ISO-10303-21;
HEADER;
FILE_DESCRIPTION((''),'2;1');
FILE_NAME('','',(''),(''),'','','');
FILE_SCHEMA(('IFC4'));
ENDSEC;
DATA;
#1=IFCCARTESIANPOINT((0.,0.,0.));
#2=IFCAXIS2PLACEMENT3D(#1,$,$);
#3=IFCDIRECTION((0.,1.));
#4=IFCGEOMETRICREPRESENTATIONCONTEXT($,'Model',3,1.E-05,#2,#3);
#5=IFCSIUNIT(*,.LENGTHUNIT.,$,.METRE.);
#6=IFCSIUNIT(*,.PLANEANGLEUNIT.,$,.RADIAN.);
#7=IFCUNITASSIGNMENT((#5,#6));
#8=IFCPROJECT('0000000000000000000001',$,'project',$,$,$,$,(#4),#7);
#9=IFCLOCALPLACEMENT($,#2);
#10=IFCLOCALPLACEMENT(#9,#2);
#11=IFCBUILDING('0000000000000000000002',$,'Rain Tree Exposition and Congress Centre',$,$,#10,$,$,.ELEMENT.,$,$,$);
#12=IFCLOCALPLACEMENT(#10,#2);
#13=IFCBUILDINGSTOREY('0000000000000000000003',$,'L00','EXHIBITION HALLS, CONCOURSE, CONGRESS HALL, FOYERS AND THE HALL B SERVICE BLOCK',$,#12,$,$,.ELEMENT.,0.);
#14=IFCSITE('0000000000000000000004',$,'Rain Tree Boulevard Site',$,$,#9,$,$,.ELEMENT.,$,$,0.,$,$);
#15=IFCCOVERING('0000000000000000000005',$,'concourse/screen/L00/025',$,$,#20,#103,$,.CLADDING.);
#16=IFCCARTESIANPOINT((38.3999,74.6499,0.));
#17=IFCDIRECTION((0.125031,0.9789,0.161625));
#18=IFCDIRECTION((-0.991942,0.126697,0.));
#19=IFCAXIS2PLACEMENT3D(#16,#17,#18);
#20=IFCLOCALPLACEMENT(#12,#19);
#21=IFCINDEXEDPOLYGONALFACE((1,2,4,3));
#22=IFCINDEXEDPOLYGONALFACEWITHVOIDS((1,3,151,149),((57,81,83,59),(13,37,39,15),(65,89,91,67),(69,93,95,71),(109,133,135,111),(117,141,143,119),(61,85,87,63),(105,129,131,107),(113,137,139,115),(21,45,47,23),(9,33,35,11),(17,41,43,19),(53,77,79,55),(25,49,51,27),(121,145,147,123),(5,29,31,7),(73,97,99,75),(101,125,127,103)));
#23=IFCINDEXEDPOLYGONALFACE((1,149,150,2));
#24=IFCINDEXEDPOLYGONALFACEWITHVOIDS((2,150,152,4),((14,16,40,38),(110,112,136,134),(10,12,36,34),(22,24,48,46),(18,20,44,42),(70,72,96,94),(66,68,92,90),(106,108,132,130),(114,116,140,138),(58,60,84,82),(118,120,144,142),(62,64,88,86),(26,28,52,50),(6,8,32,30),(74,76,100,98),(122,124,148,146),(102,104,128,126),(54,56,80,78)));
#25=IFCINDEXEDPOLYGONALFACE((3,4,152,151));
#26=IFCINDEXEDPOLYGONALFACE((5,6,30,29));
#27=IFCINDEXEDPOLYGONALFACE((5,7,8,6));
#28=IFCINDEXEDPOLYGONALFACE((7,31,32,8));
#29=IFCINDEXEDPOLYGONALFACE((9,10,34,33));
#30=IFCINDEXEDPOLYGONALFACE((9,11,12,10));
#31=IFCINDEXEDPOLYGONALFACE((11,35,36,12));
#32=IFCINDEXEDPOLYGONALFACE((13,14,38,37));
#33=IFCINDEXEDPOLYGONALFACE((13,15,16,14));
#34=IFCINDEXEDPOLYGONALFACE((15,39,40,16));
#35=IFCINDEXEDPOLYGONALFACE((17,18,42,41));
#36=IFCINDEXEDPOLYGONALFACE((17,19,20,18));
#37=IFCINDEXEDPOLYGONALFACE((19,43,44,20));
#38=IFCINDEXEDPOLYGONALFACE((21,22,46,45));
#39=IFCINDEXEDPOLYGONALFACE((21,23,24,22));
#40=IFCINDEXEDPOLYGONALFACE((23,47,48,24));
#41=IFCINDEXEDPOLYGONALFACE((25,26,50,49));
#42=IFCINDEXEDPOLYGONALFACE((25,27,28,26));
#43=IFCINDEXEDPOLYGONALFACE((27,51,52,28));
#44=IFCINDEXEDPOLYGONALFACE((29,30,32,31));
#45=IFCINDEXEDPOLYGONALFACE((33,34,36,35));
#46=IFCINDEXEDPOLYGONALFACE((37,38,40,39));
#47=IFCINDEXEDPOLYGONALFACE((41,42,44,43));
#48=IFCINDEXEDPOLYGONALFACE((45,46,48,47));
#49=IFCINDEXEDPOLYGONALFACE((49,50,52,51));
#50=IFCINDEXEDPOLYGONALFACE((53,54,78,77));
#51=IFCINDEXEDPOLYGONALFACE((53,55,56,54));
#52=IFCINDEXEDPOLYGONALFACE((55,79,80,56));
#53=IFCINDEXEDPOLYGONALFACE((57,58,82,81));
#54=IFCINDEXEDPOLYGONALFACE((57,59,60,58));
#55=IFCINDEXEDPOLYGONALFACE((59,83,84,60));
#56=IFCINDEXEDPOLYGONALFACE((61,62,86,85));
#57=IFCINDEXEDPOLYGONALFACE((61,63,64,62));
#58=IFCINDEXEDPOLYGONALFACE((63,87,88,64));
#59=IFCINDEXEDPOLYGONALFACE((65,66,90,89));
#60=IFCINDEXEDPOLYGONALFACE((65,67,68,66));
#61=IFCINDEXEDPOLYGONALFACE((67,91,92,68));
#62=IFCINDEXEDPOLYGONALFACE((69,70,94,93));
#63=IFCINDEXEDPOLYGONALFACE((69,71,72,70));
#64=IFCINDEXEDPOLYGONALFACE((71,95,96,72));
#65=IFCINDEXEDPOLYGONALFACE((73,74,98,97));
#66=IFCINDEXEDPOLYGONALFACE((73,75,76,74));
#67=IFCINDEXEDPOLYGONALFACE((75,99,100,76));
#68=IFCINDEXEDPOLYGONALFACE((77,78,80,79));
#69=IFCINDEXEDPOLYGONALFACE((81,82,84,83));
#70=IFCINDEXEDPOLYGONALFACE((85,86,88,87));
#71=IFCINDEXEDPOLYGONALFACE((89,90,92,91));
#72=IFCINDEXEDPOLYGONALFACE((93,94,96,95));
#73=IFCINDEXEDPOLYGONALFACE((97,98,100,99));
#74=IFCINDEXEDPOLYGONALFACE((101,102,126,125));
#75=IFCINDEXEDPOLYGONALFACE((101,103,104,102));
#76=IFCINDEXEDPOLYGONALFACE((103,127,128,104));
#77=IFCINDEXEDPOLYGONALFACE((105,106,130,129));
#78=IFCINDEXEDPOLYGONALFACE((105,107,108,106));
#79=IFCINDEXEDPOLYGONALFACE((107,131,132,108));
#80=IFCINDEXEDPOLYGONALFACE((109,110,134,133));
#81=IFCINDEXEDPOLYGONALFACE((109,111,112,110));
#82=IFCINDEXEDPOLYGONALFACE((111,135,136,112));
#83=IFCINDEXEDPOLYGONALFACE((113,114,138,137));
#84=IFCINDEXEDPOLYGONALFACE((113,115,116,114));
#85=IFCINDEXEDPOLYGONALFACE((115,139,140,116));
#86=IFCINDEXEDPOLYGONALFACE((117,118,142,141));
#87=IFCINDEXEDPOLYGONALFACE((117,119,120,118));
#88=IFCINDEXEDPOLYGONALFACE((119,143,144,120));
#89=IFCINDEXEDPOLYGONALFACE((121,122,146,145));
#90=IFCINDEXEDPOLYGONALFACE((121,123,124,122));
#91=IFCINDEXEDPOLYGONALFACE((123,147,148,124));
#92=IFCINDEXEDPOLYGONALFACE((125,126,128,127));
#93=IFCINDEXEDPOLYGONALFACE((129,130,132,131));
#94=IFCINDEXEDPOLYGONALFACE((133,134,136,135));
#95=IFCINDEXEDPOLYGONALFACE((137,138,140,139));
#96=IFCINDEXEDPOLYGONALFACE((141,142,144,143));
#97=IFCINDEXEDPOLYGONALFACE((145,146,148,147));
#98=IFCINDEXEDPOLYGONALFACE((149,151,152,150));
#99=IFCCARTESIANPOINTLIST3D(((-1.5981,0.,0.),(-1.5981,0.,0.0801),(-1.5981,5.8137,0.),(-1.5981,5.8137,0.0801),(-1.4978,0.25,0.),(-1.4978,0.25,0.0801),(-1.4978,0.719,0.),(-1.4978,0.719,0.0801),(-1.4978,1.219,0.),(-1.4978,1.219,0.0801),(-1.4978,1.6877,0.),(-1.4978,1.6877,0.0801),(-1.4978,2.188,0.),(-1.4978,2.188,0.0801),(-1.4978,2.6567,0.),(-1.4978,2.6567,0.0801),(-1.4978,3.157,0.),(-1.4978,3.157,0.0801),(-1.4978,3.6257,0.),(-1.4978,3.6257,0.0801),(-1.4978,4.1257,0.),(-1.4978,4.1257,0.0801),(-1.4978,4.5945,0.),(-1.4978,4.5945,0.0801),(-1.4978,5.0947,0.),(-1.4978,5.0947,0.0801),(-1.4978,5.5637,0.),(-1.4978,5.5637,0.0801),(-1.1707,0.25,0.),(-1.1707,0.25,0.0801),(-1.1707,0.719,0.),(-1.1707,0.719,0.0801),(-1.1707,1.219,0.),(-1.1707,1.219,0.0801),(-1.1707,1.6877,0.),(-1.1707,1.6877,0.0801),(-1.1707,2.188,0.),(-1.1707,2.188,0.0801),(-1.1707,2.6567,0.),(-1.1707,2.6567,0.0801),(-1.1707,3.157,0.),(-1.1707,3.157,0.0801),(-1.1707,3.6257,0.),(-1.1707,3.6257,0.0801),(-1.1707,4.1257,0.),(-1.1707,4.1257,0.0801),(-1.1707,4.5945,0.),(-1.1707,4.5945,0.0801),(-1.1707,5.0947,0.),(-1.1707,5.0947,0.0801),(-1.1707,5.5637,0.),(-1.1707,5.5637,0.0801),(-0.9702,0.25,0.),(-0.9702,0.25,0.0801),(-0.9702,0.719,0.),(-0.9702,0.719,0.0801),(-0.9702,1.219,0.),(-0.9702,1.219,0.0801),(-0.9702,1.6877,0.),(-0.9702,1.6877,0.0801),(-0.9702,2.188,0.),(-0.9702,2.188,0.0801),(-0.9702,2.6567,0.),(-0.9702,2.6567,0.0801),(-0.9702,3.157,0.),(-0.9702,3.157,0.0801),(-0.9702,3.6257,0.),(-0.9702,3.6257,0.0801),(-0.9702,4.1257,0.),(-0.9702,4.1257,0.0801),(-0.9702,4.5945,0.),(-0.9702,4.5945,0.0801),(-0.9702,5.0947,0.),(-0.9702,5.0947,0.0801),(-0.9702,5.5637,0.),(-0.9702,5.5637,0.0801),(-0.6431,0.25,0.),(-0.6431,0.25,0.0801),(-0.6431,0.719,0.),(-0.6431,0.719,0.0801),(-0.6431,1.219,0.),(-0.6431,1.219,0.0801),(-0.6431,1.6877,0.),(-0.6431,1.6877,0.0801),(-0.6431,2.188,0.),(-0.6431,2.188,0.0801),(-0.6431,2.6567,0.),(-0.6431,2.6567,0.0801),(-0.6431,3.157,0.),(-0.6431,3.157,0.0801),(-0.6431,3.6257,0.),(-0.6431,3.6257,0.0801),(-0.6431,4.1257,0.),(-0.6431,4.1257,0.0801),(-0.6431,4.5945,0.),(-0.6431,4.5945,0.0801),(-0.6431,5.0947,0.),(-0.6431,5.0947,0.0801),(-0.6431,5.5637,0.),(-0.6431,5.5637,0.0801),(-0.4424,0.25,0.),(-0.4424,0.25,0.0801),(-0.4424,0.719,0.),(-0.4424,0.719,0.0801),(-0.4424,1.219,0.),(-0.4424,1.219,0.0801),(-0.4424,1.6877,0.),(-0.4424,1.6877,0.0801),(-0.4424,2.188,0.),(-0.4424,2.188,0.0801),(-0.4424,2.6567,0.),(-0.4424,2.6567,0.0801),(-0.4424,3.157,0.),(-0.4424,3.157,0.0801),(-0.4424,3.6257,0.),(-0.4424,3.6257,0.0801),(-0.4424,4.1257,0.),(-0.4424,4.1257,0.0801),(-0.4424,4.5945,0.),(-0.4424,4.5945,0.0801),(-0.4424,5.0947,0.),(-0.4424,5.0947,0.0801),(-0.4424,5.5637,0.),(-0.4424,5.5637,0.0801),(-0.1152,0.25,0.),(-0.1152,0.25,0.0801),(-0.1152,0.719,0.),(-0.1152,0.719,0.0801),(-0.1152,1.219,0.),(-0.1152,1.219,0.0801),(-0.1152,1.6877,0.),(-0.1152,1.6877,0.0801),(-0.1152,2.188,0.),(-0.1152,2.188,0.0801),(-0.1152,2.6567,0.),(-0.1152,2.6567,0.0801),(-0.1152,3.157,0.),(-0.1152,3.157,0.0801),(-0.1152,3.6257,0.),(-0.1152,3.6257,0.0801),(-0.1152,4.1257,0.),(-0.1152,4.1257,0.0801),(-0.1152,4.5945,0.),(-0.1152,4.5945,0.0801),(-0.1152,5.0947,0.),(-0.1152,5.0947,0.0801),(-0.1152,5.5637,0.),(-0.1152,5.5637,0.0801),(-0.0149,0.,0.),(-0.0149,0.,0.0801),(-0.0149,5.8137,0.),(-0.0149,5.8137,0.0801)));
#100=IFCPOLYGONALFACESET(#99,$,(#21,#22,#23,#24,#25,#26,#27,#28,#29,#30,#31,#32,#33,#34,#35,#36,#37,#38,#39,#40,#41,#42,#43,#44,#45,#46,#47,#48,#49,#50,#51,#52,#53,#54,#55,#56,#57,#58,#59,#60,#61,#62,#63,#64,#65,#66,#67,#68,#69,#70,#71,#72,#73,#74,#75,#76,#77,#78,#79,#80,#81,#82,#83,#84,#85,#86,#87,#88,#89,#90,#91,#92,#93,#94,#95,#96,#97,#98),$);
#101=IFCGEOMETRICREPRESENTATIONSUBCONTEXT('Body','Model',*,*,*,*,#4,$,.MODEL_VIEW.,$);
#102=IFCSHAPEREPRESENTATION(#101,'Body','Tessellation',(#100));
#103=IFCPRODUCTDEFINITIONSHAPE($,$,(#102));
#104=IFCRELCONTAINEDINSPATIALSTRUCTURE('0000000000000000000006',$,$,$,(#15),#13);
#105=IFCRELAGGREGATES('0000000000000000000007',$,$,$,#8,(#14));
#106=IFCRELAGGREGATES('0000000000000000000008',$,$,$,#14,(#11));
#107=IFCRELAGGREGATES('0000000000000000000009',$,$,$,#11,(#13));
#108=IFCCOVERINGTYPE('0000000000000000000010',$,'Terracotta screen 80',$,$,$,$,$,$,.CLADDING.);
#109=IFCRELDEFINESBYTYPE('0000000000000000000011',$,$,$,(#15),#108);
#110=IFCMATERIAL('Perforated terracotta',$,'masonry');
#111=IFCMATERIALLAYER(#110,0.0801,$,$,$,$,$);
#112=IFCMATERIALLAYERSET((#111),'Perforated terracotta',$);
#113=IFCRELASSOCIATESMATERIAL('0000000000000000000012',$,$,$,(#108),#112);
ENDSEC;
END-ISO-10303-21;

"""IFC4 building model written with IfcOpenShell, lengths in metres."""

from ifc_helpers import new_model, si_unit, direction, frame, origin, place, context, subcontext, project, spatial, polyline, outline, extrude, material, layer, layer_set, type_object, element, save


model = new_model("IFC4")

# Units and contexts
model_context = context("Model", 3, precision=1e-05, world=origin(), true_north=direction((0.0, 1.0)))
body_context = subcontext(model_context, "Body", "Model", "MODEL_VIEW")
ifc_project = project(units=[si_unit("LENGTHUNIT", "METRE"), si_unit("PLANEANGLEUNIT", "RADIAN")], contexts=[model_context])

# Site, building, storey
site_placement = place(None, origin())
site = spatial("IfcSite", under=ifc_project, at=site_placement, Name="Rain Tree Boulevard Site", CompositionType="ELEMENT", RefElevation=0.0)
building_placement = place(site_placement, origin())
building = spatial("IfcBuilding", under=site, at=building_placement, Name="Rain Tree Exposition and Congress Centre", CompositionType="ELEMENT")
storey_placement = place(building_placement, origin())
storey = spatial("IfcBuildingStorey", under=building, at=storey_placement, Name="L00", Description="EXHIBITION HALLS, CONCOURSE, CONGRESS HALL, FOYERS AND THE HALL B SERVICE BLOCK", CompositionType="ELEMENT", Elevation=0.0)

# Covering
ifc_material_1 = material(Name="Perforated terracotta", Category="masonry")
ifc_layer_1 = layer(ifc_material_1, 0.0801)
ifc_layer_set_1 = layer_set([ifc_layer_1], Name="Perforated terracotta")
covering_type = type_object("IfcCoveringType", Name="Terracotta screen 80", PredefinedType="CLADDING", material=ifc_layer_set_1)
covering_1_placement = place(storey_placement, frame((38.3999, 74.6499, 0.0), z_axis=(0.125031, 0.9789, 0.161625), x_axis=(-0.991942, 0.126697, 0.0)))
element("IfcCovering", 1, at=covering_1_placement, inside=storey, type_object=covering_type, Name="concourse/screen/L00/025", PredefinedType="CLADDING", context=body_context, shape_type="SweptSolid", body=[
    extrude(outline(polyline([(-0.0149, 0.0), (-1.5981, 0.0), (-1.5981, 5.8137), (-0.0149, 5.8137), (-0.0149, 0.0)]), holes=[polyline([(-0.1152, 0.25), (-0.1152, 0.719), (-0.4424, 0.719), (-0.4424, 0.25), (-0.1152, 0.25)]), polyline([(-0.1152, 1.219), (-0.1152, 1.6877), (-0.4424, 1.6877), (-0.4424, 1.219), (-0.1152, 1.219)]), polyline([(-0.1152, 2.188), (-0.1152, 2.6567), (-0.4424, 2.6567), (-0.4424, 2.188), (-0.1152, 2.188)]), polyline([(-0.1152, 3.157), (-0.1152, 3.6257), (-0.4424, 3.6257), (-0.4424, 3.157), (-0.1152, 3.157)]), polyline([(-0.1152, 4.1257), (-0.1152, 4.5945), (-0.4424, 4.5945), (-0.4424, 4.1257), (-0.1152, 4.1257)]), polyline([(-0.1152, 5.0947), (-0.1152, 5.5637), (-0.4424, 5.5637), (-0.4424, 5.0947), (-0.1152, 5.0947)]), polyline([(-0.6431, 0.25), (-0.6431, 0.719), (-0.9702, 0.719), (-0.9702, 0.25), (-0.6431, 0.25)]), polyline([(-0.6431, 1.219), (-0.6431, 1.6877), (-0.9702, 1.6877), (-0.9702, 1.219), (-0.6431, 1.219)]), polyline([(-0.6431, 2.188), (-0.6431, 2.6567), (-0.9702, 2.6567), (-0.9702, 2.188), (-0.6431, 2.188)]), polyline([(-0.6431, 3.157), (-0.6431, 3.6257), (-0.9702, 3.6257), (-0.9702, 3.157), (-0.6431, 3.157)]), polyline([(-0.6431, 4.1257), (-0.6431, 4.5945), (-0.9702, 4.5945), (-0.9702, 4.1257), (-0.6431, 4.1257)]), polyline([(-0.6431, 5.0947), (-0.6431, 5.5637), (-0.9702, 5.5637), (-0.9702, 5.0947), (-0.6431, 5.0947)]), polyline([(-1.1707, 0.25), (-1.1707, 0.719), (-1.4978, 0.719), (-1.4978, 0.25), (-1.1707, 0.25)]), polyline([(-1.1707, 1.219), (-1.1707, 1.6877), (-1.4978, 1.6877), (-1.4978, 1.219), (-1.1707, 1.219)]), polyline([(-1.1707, 2.188), (-1.1707, 2.6567), (-1.4978, 2.6567), (-1.4978, 2.188), (-1.1707, 2.188)]), polyline([(-1.1707, 3.157), (-1.1707, 3.6257), (-1.4978, 3.6257), (-1.4978, 3.157), (-1.1707, 3.157)]), polyline([(-1.1707, 4.1257), (-1.1707, 4.5945), (-1.4978, 4.5945), (-1.4978, 4.1257), (-1.1707, 4.1257)]), polyline([(-1.1707, 5.0947), (-1.1707, 5.5637), (-1.4978, 5.5637), (-1.4978, 5.0947), (-1.1707, 5.0947)])]), origin(), (0.0, 0.0, 1.0), 0.0801),
])

save(model, "model.ifc")
